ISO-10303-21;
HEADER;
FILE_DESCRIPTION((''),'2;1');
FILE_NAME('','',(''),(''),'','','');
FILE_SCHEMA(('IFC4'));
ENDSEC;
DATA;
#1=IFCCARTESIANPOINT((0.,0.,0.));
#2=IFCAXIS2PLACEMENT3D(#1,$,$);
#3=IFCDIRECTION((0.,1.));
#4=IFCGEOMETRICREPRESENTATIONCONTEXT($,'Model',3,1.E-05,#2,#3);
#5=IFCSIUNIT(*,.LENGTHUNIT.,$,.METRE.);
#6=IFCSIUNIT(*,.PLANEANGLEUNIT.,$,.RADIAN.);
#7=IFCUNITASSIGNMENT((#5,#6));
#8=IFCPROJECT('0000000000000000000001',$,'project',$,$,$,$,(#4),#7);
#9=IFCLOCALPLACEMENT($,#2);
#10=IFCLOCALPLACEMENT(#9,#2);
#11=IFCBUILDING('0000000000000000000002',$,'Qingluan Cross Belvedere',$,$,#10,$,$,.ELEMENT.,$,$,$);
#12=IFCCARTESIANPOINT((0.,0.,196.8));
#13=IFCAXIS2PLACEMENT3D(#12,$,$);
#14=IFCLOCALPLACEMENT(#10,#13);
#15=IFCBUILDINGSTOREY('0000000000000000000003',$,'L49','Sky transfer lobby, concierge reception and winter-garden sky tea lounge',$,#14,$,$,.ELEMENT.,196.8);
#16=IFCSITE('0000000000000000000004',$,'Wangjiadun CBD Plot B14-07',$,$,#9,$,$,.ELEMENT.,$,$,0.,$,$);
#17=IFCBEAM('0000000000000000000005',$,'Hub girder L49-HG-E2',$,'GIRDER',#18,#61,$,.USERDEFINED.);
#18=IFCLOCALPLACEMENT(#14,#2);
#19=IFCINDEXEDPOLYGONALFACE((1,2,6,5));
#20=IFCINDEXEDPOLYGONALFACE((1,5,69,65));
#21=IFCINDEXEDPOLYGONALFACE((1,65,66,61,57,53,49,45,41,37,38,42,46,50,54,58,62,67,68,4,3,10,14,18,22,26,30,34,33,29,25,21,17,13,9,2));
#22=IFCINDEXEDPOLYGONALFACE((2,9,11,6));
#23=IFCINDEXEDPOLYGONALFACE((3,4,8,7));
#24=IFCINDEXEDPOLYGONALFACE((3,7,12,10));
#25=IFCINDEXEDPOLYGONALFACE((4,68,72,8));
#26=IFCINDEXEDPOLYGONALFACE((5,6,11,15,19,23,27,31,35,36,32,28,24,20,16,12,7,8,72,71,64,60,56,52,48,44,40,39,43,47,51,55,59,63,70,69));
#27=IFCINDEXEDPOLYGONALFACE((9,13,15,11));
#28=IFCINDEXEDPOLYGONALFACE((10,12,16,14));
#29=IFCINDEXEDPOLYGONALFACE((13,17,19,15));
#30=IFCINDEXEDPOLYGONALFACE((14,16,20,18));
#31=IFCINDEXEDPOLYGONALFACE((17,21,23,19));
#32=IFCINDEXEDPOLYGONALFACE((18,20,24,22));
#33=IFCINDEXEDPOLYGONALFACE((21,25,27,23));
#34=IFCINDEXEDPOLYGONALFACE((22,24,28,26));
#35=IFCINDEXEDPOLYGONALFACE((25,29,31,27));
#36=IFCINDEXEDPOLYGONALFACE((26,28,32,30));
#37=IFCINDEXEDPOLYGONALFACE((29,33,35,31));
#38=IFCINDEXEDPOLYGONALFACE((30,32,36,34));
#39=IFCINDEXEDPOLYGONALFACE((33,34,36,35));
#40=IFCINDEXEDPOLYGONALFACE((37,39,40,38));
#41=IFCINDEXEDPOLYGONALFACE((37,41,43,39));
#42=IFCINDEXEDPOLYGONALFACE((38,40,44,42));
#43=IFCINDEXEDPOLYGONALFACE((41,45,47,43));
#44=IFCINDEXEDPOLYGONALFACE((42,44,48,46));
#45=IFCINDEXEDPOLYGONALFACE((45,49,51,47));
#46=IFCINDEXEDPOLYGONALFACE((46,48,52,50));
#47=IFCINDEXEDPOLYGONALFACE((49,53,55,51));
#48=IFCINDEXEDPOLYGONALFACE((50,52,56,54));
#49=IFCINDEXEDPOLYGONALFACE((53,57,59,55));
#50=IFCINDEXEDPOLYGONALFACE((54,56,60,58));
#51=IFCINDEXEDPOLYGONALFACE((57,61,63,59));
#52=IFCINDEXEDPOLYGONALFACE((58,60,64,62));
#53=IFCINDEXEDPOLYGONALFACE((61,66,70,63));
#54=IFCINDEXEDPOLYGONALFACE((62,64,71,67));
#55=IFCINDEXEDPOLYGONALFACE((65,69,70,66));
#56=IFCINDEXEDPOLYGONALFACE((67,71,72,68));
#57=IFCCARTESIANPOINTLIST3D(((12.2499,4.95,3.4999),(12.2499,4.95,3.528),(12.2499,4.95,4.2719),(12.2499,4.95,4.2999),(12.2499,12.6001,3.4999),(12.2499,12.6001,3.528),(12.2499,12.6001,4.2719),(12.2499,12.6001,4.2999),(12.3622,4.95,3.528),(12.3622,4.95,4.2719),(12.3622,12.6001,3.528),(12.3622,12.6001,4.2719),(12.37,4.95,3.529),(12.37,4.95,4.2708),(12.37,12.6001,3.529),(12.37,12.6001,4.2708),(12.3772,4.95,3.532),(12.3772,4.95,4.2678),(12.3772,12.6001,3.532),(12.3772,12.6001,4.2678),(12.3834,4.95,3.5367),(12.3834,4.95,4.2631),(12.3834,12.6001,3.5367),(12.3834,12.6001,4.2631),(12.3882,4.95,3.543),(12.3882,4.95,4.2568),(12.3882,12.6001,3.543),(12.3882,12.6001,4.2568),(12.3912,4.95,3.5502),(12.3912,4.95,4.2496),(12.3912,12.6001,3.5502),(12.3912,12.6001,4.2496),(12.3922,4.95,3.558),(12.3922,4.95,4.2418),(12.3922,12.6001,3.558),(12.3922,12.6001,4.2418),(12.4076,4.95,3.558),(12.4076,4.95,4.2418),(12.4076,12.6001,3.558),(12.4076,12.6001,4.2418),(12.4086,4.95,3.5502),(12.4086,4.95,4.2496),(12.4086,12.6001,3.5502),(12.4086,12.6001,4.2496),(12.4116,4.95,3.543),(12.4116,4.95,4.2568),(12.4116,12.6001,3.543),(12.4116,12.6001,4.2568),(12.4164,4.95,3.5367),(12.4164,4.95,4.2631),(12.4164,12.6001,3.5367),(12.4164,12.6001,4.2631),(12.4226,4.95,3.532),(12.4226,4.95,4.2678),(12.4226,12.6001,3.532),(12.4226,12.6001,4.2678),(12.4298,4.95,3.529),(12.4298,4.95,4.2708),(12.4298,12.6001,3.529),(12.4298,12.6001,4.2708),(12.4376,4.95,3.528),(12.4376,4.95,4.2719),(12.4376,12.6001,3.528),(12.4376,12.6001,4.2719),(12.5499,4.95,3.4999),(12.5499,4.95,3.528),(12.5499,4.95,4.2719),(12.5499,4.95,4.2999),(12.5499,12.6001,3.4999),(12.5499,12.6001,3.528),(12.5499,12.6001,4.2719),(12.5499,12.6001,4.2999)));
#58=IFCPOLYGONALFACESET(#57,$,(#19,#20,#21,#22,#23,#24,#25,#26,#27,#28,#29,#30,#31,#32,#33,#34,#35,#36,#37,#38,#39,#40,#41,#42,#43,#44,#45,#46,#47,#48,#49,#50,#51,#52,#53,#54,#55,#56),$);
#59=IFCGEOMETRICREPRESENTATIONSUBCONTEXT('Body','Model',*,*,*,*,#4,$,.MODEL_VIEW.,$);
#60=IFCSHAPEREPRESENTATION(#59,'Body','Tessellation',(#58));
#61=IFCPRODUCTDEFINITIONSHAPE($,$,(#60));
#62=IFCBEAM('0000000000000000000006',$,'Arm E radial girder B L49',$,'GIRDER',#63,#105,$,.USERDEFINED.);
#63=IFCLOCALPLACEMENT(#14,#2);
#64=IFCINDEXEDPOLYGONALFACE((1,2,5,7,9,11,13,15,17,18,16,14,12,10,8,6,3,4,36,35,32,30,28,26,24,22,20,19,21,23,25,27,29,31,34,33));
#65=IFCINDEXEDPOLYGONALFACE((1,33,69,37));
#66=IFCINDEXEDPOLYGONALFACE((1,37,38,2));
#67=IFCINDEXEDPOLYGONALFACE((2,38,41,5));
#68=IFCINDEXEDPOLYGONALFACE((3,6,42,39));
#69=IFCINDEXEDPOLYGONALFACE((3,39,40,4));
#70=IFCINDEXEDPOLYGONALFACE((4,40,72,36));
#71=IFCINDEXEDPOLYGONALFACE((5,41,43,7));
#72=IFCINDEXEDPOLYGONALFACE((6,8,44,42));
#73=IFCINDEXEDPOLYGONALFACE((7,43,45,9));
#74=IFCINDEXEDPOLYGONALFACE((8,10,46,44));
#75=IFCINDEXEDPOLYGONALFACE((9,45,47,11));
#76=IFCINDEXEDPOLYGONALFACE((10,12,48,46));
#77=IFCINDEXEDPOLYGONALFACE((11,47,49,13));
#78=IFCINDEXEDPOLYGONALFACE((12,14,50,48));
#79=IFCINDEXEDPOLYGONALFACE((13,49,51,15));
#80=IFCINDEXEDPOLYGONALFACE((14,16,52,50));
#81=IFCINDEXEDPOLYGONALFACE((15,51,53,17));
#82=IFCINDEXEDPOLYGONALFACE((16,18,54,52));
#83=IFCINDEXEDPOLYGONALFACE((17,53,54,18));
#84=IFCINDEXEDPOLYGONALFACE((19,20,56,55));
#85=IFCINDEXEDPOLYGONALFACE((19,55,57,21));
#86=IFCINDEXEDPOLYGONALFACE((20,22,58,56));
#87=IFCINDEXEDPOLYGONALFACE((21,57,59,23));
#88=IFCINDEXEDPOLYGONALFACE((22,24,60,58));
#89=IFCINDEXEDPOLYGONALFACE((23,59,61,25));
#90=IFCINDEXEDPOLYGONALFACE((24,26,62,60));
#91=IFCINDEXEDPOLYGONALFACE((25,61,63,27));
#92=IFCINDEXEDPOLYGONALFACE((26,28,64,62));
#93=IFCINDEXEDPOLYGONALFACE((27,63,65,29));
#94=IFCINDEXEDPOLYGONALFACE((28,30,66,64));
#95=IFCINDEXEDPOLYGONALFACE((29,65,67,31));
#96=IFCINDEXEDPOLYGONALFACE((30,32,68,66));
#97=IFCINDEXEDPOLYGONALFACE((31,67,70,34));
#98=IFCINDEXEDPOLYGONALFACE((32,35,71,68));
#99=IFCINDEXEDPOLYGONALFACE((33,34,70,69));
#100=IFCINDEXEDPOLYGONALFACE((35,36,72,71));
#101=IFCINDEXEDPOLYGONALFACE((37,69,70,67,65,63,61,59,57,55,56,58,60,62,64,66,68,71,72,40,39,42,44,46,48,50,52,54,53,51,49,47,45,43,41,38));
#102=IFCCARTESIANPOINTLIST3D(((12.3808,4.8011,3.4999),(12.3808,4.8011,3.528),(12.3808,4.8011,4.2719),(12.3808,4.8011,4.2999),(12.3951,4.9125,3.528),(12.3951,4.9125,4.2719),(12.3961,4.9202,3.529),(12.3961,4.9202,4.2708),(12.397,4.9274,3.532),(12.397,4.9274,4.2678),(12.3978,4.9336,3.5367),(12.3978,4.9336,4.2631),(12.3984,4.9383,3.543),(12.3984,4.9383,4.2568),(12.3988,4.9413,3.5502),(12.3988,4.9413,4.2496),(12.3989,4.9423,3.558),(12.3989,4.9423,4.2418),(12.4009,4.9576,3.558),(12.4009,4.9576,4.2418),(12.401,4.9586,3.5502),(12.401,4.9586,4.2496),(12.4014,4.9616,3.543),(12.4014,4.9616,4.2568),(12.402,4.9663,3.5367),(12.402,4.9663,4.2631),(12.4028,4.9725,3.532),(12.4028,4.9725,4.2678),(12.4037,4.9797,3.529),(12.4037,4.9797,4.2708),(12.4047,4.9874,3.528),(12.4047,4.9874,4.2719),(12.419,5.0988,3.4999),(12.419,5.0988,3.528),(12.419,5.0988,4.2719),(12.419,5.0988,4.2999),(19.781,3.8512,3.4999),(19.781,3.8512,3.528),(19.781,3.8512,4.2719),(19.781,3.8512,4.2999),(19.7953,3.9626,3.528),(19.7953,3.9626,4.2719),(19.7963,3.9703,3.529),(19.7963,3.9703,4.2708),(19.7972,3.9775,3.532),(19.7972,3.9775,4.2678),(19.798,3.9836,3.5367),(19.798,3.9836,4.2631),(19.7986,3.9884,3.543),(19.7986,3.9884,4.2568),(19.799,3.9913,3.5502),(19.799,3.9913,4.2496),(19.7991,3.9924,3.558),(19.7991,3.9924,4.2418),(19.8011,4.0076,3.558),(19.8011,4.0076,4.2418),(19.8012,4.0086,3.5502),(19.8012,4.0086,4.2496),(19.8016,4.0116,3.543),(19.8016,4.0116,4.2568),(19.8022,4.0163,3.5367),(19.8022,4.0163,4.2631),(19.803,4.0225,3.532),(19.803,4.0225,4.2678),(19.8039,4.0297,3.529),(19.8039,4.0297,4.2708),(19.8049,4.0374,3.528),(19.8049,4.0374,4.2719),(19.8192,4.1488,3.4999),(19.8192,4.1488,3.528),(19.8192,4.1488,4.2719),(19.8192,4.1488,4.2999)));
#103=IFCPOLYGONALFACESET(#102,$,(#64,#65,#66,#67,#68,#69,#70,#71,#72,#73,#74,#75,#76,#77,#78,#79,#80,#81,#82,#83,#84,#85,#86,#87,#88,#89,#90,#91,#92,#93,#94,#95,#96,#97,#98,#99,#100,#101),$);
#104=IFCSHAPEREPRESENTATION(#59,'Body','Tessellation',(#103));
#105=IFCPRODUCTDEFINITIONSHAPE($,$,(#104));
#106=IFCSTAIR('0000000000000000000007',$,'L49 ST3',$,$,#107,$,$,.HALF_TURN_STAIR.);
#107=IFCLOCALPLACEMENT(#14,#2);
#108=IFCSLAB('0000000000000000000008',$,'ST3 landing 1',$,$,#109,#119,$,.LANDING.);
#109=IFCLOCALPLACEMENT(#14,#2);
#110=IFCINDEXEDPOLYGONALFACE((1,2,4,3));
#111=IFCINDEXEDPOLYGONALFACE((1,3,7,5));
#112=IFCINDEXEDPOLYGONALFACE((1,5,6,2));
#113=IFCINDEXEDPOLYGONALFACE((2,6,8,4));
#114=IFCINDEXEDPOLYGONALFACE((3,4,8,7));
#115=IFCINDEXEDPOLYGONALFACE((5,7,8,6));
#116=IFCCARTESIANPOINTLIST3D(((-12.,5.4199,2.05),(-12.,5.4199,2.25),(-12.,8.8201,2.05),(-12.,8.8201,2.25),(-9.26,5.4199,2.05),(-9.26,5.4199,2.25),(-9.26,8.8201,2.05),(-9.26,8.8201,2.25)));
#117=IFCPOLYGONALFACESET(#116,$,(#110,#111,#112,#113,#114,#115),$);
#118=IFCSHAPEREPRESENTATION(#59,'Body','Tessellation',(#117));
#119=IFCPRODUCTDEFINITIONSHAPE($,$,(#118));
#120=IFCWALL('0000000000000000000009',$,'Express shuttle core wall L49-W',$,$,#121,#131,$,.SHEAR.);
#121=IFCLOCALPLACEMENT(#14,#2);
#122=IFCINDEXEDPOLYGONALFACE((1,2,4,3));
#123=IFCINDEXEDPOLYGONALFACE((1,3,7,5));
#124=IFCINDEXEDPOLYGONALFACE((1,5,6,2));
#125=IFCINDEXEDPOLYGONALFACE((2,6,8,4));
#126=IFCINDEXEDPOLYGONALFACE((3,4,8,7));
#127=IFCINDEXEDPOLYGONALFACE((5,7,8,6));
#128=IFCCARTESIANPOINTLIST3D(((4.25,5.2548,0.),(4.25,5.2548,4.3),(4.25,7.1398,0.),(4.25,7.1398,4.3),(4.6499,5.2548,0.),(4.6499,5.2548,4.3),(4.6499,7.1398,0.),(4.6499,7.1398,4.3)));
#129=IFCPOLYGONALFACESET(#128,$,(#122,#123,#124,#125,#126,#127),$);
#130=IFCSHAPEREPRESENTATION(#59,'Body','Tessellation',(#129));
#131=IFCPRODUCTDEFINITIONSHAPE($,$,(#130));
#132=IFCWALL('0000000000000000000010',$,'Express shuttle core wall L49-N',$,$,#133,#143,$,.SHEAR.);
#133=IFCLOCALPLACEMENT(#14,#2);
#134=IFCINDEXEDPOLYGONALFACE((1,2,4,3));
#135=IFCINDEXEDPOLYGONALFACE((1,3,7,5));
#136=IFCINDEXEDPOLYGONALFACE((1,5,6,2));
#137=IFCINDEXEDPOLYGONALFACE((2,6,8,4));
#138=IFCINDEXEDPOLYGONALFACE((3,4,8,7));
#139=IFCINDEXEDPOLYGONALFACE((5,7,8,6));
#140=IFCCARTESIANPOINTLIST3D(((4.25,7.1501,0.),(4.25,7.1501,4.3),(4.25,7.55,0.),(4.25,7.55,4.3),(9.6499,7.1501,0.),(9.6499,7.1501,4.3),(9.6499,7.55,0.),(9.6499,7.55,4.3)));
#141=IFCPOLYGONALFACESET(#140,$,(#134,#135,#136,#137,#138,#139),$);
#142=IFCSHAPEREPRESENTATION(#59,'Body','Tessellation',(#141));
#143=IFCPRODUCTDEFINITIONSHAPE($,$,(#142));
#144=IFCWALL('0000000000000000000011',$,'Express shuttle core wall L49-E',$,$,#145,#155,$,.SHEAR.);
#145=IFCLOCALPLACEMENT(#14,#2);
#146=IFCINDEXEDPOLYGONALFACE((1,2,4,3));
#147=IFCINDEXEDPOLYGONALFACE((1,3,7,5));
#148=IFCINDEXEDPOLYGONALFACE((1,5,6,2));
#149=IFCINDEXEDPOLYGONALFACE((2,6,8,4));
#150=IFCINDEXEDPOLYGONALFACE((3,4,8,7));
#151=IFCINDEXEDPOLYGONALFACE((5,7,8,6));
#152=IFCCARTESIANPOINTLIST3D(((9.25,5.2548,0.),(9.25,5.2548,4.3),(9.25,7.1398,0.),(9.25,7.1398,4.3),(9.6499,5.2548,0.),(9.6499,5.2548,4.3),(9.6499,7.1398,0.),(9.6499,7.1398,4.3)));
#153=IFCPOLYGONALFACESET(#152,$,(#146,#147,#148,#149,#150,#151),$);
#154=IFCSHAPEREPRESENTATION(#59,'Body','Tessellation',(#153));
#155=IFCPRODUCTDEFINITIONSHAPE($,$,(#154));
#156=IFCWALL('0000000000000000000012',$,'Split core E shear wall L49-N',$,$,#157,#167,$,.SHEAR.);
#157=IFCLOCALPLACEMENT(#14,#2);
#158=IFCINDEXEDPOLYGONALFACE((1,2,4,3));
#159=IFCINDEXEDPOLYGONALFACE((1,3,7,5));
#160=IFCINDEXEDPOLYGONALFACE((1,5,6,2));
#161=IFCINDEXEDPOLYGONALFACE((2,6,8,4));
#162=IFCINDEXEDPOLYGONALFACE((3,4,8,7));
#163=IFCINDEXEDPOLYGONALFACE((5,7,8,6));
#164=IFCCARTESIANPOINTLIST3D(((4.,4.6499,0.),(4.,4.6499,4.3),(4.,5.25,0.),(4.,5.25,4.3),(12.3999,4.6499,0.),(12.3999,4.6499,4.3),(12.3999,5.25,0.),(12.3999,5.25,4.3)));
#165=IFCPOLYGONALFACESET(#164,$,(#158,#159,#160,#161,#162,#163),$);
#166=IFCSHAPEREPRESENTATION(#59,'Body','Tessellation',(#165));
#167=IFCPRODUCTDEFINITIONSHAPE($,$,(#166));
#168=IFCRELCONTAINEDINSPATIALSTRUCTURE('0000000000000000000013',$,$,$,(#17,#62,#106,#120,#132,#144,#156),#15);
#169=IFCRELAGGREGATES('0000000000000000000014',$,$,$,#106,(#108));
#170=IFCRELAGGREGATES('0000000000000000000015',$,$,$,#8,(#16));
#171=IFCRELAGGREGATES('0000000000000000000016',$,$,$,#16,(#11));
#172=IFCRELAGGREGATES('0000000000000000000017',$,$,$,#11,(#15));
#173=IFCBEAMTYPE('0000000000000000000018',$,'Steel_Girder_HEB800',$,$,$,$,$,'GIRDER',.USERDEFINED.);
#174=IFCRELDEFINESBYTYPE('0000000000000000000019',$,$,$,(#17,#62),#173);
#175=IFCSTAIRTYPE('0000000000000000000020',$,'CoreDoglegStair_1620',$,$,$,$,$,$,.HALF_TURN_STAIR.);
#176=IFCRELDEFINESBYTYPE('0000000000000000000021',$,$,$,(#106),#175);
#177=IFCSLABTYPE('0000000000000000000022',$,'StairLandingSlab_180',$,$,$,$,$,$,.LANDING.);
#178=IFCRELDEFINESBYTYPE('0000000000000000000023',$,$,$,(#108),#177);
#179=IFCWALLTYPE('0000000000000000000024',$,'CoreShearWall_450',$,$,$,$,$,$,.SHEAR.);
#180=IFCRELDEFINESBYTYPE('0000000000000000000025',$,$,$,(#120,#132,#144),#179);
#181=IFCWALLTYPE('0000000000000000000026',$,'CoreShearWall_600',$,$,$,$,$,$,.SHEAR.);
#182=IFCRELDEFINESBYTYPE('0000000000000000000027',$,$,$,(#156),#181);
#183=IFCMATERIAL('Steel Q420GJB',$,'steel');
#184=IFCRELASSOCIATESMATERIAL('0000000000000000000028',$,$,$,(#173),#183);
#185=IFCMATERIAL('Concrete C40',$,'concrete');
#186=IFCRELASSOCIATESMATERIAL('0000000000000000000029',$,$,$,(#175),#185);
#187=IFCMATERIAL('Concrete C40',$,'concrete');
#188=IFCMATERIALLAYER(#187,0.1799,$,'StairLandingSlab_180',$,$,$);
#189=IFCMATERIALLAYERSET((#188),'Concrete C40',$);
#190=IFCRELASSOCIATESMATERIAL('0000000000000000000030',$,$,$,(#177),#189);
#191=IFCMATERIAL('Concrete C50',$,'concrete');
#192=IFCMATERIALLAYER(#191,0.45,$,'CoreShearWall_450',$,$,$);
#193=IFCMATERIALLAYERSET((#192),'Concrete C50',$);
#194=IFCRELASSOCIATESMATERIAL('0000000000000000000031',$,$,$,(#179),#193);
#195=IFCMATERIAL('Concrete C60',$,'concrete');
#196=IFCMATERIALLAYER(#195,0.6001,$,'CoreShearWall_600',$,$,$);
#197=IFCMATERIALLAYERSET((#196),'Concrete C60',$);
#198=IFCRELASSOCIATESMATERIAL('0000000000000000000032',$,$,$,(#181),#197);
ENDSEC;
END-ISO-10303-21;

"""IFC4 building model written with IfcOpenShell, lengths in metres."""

from ifc_helpers import new_model, si_unit, direction, frame, frame_2d, origin, origin_2d, place, context, subcontext, project, spatial, polyline, rectangle, i_section, outline, extrude, material, layer, layer_set, material_profile, profile_set, type_object, element, aggregate, save


model = new_model("IFC4")

# Units and contexts
model_context = context("Model", 3, precision=1e-05, world=origin(), true_north=direction((0.0, 1.0)))
body_context = subcontext(model_context, "Body", "Model", "MODEL_VIEW")
ifc_project = project(units=[si_unit("LENGTHUNIT", "METRE"), si_unit("PLANEANGLEUNIT", "RADIAN")], contexts=[model_context])

# Site, building, storey
site_placement = place(None, origin())
site = spatial("IfcSite", under=ifc_project, at=site_placement, Name="Wangjiadun CBD Plot B14-07", CompositionType="ELEMENT", RefElevation=0.0)
building_placement = place(site_placement, origin())
building = spatial("IfcBuilding", under=site, at=building_placement, Name="Qingluan Cross Belvedere", CompositionType="ELEMENT")
storey_placement = place(building_placement, frame((0.0, 0.0, 196.8)))
storey = spatial("IfcBuildingStorey", under=building, at=storey_placement, Name="L49", Description="Sky transfer lobby, concierge reception and winter-garden sky tea lounge", CompositionType="ELEMENT", Elevation=196.8)

# Beams
ifc_material_1 = material(Name="Steel Q420GJB", Category="steel")
ifc_material_profile = material_profile(ifc_material_1, i_section(OverallWidth=0.3, OverallDepth=0.8, WebThickness=0.0154, FlangeThickness=0.0281, FilletRadius=0.03, at=origin_2d()), Name="HEB800")
ifc_profile_set = profile_set([ifc_material_profile], Name="Steel Q420GJB")
beam_type = type_object("IfcBeamType", Name="Steel_Girder_HEB800", ElementType="GIRDER", PredefinedType="USERDEFINED", material=ifc_profile_set)
beam_1_placement = place(storey_placement, frame((12.3999, 4.95, 3.8999), z_axis=(0.0, 1.0, 0.0), x_axis=(-1.0, 0.0, 0.0)))
element("IfcBeam", 1, at=beam_1_placement, inside=storey, type_object=beam_type, Name="Hub girder L49-HG-E2", ObjectType="GIRDER", PredefinedType="USERDEFINED", context=body_context, shape_type="SweptSolid", body=[
    extrude(i_section(OverallWidth=0.3, OverallDepth=0.8, WebThickness=0.0154, FlangeThickness=0.0281, FilletRadius=0.03, at=origin_2d()), origin(), (0.0, 0.0, 1.0), 7.6501),
])
beam_2_placement = place(storey_placement, frame((12.3999, 4.95, 3.8999), z_axis=(0.991861, -0.127324, 0.0), x_axis=(0.127324, 0.991861, 0.0)))
element("IfcBeam", 2, at=beam_2_placement, inside=storey, type_object=beam_type, Name="Arm E radial girder B L49", ObjectType="GIRDER", PredefinedType="USERDEFINED", context=body_context, shape_type="SweptSolid", body=[
    extrude(i_section(OverallWidth=0.3, OverallDepth=0.8, WebThickness=0.0154, FlangeThickness=0.0281, FilletRadius=0.03, at=origin_2d()), origin(), (0.0, 0.0, 1.0), 7.4609),
])

# Stair, slab
ifc_material_2 = material(Name="Concrete C40", Category="concrete")
stair_type = type_object("IfcStairType", Name="CoreDoglegStair_1620", PredefinedType="HALF_TURN_STAIR", material=ifc_material_2)
stair_placement = place(storey_placement, origin())
stair = element("IfcStair", 3, at=stair_placement, inside=storey, type_object=stair_type, Name="L49 ST3", PredefinedType="HALF_TURN_STAIR")
ifc_material_3 = material(Name="Concrete C40", Category="concrete")
ifc_layer_1 = layer(ifc_material_3, 0.1799, Name="StairLandingSlab_180")
ifc_layer_set_1 = layer_set([ifc_layer_1], Name="Concrete C40")
slab_type = type_object("IfcSlabType", Name="StairLandingSlab_180", PredefinedType="LANDING", material=ifc_layer_set_1)
slab_placement = place(storey_placement, frame((0.0, 0.0, 2.05)))
slab = element("IfcSlab", 4, at=slab_placement, type_object=slab_type, Name="ST3 landing 1", PredefinedType="LANDING", context=body_context, shape_type="SweptSolid", body=[
    extrude(outline(polyline([(-9.26, 8.8201), (-12.0, 8.8201), (-12.0, 5.4199), (-9.26, 5.4199), (-9.26, 8.8201)])), origin(), (0.0, 0.0, 1.0), 0.2),
])
aggregate(stair, [slab])

# Walls
ifc_material_4 = material(Name="Concrete C50", Category="concrete")
ifc_layer_2 = layer(ifc_material_4, 0.45, Name="CoreShearWall_450")
ifc_layer_set_2 = layer_set([ifc_layer_2], Name="Concrete C50")
wall_type_1 = type_object("IfcWallType", Name="CoreShearWall_450", PredefinedType="SHEAR", material=ifc_layer_set_2)
wall_1_placement = place(storey_placement, frame((4.45, 5.2549, 0.0), z_axis=(0.0, 0.0, 1.0), x_axis=(0.0, 1.0, 0.0)))
element("IfcWall", 5, at=wall_1_placement, inside=storey, type_object=wall_type_1, Name="Express shuttle core wall L49-W", PredefinedType="SHEAR", context=body_context, shape_type="SweptSolid", body=[
    extrude(rectangle(XDim=1.885, YDim=0.3999, at=frame_2d((0.9424, 0.0))), origin(), (0.0, 0.0, 1.0), 4.3),
])
wall_2_placement = place(storey_placement, frame((4.25, 7.3501, 0.0), z_axis=(0.0, 0.0, 1.0), x_axis=(1.0, 0.0, 0.0)))
element("IfcWall", 6, at=wall_2_placement, inside=storey, type_object=wall_type_1, Name="Express shuttle core wall L49-N", PredefinedType="SHEAR", context=body_context, shape_type="SweptSolid", body=[
    extrude(rectangle(XDim=5.3999, YDim=0.3999, at=frame_2d((2.7, 0.0))), origin(), (0.0, 0.0, 1.0), 4.3),
])
wall_3_placement = place(storey_placement, frame((9.45, 5.2549, 0.0), z_axis=(0.0, 0.0, 1.0), x_axis=(0.0, 1.0, 0.0)))
element("IfcWall", 7, at=wall_3_placement, inside=storey, type_object=wall_type_1, Name="Express shuttle core wall L49-E", PredefinedType="SHEAR", context=body_context, shape_type="SweptSolid", body=[
    extrude(rectangle(XDim=1.885, YDim=0.3999, at=frame_2d((0.9424, 0.0))), origin(), (0.0, 0.0, 1.0), 4.3),
])
ifc_material_5 = material(Name="Concrete C60", Category="concrete")
ifc_layer_3 = layer(ifc_material_5, 0.6001, Name="CoreShearWall_600")
ifc_layer_set_3 = layer_set([ifc_layer_3], Name="Concrete C60")
wall_type_2 = type_object("IfcWallType", Name="CoreShearWall_600", PredefinedType="SHEAR", material=ifc_layer_set_3)
wall_4_placement = place(storey_placement, frame((4.0, 4.95, 0.0), z_axis=(0.0, 0.0, 1.0), x_axis=(1.0, 0.0, 0.0)))
element("IfcWall", 8, at=wall_4_placement, inside=storey, type_object=wall_type_2, Name="Split core E shear wall L49-N", PredefinedType="SHEAR", context=body_context, shape_type="SweptSolid", body=[
    extrude(rectangle(XDim=8.3999, YDim=0.6001, at=frame_2d((4.2, 0.0))), origin(), (0.0, 0.0, 1.0), 4.3),
])

save(model, "model.ifc")
